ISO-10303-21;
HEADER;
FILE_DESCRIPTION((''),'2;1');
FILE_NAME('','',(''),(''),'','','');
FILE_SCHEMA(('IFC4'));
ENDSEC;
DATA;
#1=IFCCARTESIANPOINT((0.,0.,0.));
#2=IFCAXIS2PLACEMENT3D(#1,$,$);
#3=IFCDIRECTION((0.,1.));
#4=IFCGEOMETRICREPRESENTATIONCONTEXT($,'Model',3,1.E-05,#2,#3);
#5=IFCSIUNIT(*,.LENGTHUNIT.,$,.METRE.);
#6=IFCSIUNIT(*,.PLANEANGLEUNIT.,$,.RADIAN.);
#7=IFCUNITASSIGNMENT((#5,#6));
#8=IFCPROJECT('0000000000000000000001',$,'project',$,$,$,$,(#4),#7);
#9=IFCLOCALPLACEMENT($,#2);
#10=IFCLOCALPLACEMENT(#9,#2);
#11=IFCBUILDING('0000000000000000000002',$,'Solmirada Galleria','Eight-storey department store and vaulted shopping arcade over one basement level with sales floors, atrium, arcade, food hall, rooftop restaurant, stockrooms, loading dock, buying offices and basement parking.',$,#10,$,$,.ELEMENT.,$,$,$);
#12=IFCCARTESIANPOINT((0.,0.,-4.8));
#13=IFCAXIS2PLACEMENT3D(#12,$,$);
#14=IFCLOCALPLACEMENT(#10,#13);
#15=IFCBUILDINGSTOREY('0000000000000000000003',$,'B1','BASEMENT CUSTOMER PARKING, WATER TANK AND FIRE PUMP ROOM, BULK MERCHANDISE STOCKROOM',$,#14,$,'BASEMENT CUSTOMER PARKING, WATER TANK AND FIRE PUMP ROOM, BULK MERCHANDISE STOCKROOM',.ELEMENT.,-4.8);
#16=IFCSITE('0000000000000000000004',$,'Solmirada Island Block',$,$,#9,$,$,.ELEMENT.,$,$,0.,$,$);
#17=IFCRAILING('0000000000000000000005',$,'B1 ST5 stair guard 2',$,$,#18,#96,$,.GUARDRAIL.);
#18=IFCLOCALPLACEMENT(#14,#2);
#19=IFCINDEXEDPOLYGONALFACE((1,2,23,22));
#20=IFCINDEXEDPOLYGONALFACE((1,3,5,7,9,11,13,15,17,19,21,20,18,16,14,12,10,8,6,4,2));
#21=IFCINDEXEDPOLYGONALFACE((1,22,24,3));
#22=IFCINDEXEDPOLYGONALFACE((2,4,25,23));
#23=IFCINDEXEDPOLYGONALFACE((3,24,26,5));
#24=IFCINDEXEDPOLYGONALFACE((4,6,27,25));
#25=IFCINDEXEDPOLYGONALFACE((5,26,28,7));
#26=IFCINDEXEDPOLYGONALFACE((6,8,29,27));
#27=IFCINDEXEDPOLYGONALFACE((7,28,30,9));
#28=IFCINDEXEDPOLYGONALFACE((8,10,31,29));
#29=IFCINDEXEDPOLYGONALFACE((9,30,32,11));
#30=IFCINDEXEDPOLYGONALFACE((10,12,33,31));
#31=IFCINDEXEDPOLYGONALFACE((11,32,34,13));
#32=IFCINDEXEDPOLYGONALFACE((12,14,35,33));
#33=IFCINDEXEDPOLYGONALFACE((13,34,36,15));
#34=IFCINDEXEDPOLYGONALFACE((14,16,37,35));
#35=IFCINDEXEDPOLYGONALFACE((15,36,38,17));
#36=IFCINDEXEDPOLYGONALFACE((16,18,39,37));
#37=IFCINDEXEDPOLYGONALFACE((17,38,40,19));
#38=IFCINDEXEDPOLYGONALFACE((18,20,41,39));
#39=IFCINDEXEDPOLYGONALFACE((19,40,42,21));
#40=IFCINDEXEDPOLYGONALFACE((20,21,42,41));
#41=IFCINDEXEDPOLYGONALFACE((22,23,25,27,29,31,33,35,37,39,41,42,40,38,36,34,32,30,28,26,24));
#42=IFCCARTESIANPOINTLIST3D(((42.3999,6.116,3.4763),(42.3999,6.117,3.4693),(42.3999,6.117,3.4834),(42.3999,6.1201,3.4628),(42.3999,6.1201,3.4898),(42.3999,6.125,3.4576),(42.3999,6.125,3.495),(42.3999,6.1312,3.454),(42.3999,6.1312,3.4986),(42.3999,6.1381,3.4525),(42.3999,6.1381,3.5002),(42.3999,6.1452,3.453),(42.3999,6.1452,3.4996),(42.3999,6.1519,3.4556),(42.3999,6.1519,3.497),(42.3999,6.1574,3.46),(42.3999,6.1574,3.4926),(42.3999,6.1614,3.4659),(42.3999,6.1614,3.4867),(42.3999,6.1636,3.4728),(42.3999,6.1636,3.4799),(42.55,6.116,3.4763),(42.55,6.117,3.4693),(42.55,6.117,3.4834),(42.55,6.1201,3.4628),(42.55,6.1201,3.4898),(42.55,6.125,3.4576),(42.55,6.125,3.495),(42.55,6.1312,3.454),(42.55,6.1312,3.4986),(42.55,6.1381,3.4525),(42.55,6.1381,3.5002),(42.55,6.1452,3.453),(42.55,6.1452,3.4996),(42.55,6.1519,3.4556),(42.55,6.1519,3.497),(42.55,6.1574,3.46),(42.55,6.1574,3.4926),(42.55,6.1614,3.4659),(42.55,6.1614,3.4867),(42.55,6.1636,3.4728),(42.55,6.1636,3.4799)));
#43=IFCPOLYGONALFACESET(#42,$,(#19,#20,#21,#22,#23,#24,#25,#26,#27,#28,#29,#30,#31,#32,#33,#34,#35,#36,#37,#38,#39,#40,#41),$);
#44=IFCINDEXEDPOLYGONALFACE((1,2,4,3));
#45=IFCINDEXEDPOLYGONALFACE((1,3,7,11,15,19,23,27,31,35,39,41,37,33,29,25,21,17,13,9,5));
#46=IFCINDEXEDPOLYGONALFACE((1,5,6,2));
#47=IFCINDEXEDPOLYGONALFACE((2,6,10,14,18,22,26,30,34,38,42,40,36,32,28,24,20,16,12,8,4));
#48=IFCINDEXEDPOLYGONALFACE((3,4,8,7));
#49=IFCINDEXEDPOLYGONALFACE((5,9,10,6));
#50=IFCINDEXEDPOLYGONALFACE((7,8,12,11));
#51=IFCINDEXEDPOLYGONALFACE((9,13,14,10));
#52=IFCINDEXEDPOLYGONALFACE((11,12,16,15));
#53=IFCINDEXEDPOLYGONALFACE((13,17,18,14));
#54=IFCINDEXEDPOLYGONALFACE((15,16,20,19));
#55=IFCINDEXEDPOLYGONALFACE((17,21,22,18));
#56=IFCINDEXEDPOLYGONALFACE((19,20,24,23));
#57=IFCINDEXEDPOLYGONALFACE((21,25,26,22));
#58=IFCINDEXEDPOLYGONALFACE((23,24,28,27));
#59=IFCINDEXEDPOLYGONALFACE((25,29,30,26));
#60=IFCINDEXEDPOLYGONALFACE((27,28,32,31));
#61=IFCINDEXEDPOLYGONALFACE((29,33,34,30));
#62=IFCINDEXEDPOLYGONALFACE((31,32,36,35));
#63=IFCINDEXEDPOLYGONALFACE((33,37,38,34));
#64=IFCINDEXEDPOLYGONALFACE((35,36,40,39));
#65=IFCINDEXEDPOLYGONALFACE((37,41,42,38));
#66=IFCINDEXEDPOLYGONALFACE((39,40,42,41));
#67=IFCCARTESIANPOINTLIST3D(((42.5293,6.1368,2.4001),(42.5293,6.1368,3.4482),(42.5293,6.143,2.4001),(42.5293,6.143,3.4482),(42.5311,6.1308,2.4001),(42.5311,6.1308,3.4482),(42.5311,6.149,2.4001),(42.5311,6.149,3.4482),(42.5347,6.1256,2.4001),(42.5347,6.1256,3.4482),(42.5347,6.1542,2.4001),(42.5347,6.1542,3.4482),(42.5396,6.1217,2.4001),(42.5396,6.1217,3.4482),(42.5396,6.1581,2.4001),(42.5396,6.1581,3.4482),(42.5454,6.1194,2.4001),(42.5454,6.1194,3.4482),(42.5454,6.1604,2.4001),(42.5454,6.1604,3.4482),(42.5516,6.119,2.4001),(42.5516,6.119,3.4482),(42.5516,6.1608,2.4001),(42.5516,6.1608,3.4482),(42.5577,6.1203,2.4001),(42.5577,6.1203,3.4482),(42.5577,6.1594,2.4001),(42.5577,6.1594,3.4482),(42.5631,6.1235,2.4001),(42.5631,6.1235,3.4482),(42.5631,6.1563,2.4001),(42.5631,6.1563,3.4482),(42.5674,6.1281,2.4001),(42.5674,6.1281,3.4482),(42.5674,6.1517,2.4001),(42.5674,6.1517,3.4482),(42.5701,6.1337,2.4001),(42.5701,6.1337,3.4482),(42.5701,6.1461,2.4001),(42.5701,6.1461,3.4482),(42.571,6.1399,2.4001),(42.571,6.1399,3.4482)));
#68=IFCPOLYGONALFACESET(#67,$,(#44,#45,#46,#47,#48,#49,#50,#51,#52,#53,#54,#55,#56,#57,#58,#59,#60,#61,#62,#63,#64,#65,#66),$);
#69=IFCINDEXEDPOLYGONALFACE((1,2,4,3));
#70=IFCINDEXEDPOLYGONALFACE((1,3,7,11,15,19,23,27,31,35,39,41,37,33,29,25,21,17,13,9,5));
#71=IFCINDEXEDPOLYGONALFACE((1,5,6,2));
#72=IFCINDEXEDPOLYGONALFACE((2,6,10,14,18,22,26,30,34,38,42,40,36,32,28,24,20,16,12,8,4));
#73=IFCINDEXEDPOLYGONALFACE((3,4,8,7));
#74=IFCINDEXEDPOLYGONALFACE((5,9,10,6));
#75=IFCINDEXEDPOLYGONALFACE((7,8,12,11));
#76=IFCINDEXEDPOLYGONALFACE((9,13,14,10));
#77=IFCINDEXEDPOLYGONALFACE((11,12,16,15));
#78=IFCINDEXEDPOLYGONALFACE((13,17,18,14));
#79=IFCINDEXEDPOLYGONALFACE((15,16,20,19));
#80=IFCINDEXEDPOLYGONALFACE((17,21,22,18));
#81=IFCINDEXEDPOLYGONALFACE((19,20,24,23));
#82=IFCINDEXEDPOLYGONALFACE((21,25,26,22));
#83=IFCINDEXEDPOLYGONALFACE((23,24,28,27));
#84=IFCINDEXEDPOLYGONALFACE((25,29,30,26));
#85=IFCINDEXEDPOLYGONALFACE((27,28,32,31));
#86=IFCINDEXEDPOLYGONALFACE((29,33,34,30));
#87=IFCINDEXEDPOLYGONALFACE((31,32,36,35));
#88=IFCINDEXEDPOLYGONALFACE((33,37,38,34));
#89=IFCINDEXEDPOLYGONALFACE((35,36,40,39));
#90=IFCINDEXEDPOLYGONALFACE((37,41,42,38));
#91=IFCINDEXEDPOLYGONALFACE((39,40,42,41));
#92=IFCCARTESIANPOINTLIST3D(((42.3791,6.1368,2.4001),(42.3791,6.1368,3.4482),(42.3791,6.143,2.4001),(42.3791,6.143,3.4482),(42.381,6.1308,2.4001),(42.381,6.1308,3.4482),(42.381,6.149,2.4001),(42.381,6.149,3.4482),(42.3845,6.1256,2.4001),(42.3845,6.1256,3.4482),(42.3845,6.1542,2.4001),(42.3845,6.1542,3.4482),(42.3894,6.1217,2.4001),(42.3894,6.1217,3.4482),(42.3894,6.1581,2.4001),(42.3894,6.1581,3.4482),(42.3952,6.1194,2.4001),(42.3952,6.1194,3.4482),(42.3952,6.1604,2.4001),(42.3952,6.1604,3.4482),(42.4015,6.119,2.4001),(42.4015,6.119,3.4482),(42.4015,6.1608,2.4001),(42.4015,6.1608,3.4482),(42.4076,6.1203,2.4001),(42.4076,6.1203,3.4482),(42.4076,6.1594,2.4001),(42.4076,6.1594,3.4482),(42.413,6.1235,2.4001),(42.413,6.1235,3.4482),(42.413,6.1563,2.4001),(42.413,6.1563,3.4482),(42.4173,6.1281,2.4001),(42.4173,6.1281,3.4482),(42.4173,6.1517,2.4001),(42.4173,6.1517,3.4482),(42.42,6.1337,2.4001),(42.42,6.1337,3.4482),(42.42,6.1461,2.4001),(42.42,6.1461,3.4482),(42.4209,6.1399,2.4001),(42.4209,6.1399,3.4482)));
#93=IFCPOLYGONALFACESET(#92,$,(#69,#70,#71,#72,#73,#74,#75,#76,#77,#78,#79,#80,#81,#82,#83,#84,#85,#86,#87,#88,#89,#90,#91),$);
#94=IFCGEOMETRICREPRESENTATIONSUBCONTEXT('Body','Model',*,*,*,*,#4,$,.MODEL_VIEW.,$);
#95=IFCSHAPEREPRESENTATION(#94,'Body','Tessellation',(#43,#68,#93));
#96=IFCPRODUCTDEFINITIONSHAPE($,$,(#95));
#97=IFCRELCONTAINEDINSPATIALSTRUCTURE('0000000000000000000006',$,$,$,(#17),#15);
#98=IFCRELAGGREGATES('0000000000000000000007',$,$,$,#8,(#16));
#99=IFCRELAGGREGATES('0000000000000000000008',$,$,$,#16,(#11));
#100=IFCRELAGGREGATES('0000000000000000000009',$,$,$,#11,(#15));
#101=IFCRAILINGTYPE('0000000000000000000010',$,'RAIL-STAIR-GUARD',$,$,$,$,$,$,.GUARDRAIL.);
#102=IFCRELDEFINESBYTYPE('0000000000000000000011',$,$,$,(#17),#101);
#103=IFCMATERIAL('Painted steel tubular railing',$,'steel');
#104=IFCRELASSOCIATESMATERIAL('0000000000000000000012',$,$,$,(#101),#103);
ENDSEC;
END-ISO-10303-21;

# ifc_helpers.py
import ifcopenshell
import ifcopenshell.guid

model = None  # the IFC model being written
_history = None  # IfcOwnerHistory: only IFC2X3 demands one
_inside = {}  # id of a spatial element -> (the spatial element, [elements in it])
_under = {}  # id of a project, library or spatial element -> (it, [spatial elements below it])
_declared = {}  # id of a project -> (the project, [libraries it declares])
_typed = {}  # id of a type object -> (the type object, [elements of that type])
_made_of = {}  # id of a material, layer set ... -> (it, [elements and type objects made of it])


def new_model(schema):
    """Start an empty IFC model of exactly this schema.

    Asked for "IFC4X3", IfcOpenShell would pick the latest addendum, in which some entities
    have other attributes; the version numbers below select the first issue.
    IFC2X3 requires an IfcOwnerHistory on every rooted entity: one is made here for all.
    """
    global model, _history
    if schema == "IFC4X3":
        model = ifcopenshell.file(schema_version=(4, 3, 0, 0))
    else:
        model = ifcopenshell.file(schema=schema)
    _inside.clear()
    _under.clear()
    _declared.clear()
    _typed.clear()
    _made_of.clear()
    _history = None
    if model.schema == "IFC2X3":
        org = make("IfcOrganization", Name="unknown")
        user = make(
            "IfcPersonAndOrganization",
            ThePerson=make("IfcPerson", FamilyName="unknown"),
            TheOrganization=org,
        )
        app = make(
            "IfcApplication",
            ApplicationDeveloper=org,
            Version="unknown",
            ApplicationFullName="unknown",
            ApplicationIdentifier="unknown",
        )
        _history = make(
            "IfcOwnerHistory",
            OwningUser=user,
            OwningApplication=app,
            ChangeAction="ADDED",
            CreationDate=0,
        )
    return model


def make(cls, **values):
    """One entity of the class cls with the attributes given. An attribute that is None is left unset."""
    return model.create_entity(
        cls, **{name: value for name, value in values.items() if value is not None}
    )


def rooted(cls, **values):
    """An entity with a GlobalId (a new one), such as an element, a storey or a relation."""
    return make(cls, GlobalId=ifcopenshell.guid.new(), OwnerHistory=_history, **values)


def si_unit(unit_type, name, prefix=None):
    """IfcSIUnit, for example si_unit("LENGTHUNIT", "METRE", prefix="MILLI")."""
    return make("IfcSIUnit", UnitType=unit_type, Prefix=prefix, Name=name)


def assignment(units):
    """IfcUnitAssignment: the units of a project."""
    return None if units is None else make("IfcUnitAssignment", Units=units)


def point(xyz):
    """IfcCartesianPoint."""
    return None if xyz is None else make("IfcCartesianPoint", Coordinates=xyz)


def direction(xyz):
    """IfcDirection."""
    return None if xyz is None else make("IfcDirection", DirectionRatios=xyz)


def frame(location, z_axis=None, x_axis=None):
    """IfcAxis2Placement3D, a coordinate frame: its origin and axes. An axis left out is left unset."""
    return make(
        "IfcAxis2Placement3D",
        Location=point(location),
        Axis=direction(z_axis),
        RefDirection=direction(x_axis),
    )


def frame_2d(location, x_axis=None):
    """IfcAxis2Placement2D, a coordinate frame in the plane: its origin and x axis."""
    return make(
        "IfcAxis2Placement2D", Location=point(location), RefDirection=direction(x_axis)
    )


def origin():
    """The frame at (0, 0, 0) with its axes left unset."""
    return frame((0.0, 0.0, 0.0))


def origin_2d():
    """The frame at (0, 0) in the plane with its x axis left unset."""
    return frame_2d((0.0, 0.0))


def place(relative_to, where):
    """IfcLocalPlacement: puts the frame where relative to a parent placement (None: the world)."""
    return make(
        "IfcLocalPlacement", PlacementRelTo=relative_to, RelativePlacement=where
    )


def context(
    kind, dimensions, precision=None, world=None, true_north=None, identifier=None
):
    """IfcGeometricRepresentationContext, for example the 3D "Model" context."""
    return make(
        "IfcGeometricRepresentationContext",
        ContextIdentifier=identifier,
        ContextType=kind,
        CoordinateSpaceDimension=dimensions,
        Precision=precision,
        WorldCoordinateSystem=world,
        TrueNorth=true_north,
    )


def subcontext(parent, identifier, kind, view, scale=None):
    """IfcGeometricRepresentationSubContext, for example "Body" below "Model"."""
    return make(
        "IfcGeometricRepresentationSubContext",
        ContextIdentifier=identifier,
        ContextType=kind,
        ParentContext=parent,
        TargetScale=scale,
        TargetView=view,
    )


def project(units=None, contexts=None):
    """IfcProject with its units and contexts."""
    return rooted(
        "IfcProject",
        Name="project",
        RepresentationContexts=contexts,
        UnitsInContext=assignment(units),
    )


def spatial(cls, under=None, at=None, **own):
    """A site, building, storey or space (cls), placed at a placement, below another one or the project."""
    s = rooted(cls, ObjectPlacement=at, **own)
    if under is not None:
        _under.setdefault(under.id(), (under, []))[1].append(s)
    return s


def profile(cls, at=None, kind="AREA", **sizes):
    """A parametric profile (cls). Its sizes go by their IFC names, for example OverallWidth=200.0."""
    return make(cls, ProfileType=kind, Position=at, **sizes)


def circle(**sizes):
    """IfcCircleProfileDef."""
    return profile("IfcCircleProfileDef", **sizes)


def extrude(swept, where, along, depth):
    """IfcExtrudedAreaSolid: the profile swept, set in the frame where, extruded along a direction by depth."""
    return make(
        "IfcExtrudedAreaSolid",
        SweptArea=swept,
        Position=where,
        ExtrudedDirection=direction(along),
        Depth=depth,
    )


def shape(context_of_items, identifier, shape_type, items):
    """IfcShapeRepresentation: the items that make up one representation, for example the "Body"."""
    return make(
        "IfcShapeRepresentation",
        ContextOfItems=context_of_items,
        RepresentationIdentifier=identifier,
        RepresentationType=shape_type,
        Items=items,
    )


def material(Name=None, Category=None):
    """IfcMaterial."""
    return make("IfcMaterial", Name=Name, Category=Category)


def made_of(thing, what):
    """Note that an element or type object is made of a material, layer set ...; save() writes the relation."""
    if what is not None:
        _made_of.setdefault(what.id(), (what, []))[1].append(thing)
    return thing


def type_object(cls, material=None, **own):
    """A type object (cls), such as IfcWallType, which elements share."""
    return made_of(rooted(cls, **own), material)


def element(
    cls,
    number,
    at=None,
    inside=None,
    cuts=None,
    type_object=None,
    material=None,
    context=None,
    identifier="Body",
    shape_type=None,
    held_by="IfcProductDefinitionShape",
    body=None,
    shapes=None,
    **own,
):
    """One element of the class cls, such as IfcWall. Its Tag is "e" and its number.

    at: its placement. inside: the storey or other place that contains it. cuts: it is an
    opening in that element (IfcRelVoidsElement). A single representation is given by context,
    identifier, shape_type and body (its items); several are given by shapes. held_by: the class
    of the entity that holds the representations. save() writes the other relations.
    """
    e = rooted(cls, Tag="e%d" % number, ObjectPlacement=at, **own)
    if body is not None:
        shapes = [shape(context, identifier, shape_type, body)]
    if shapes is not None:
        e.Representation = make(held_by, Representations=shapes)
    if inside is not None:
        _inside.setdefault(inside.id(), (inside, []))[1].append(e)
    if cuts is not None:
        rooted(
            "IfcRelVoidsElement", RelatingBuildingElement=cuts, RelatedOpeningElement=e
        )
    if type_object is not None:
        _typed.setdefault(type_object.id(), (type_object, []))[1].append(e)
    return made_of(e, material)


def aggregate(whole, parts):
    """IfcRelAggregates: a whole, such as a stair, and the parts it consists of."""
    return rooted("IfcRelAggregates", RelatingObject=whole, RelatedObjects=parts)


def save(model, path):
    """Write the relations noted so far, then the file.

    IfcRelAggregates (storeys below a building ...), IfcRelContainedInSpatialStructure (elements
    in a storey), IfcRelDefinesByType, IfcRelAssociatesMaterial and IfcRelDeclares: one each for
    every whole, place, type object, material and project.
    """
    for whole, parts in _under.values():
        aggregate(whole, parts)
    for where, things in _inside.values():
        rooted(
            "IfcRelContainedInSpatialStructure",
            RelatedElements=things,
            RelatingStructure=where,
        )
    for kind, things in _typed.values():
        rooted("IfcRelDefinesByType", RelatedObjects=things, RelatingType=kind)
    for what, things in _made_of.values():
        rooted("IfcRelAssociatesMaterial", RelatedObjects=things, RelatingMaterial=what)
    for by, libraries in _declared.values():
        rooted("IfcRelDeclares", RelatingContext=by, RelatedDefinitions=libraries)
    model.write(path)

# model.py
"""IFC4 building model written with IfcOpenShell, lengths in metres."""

from ifc_helpers import new_model, si_unit, direction, frame, origin, origin_2d, place, context, subcontext, project, spatial, circle, extrude, material, type_object, element, save


model = new_model("IFC4")

# Units and contexts
model_context = context("Model", 3, precision=1e-05, world=origin(), true_north=direction((0.0, 1.0)))
body_context = subcontext(model_context, "Body", "Model", "MODEL_VIEW")
ifc_project = project(units=[si_unit("LENGTHUNIT", "METRE"), si_unit("PLANEANGLEUNIT", "RADIAN")], contexts=[model_context])

# Site, building, storey
site_placement = place(None, origin())
site = spatial("IfcSite", under=ifc_project, at=site_placement, Name="Solmirada Island Block", CompositionType="ELEMENT", RefElevation=0.0)
building_placement = place(site_placement, origin())
building = spatial("IfcBuilding", under=site, at=building_placement, Name="Solmirada Galleria", Description="Eight-storey department store and vaulted shopping arcade over one basement level with sales floors, atrium, arcade, food hall, rooftop restaurant, stockrooms, loading dock, buying offices and basement parking.", CompositionType="ELEMENT")
storey_placement = place(building_placement, frame((0.0, 0.0, -4.8)))
storey = spatial("IfcBuildingStorey", under=building, at=storey_placement, Name="B1", Description="BASEMENT CUSTOMER PARKING, WATER TANK AND FIRE PUMP ROOM, BULK MERCHANDISE STOCKROOM", LongName="BASEMENT CUSTOMER PARKING, WATER TANK AND FIRE PUMP ROOM, BULK MERCHANDISE STOCKROOM", CompositionType="ELEMENT", Elevation=-4.8)

# Railing
ifc_material_1 = material(Name="Painted steel tubular railing", Category="steel")
railing_type_1 = type_object("IfcRailingType", Name="RAIL-STAIR-GUARD", PredefinedType="GUARDRAIL", material=ifc_material_1)
railing_1_placement = place(storey_placement, frame((42.55, 6.1399, 2.4001)))
element("IfcRailing", 1, at=railing_1_placement, inside=storey, type_object=railing_type_1, Name="B1 ST5 stair guard 2", PredefinedType="GUARDRAIL", context=body_context, shape_type="SweptSolid", body=[
    extrude(circle(Radius=0.0239, at=origin_2d()), frame((0.0, 0.0, 1.0762), z_axis=(-1.0, 0.0, 0.0), x_axis=(0.0, -1.0, 0.0)), (0.0, 0.0, 1.0), 0.1501),
    extrude(circle(Radius=0.021, at=origin_2d()), origin(), (0.0, 0.0, 1.0), 1.0481),
    extrude(circle(Radius=0.021, at=origin_2d()), frame((-0.1501, 0.0, 0.0)), (0.0, 0.0, 1.0), 1.0481),
])

save(model, "model.ifc")
